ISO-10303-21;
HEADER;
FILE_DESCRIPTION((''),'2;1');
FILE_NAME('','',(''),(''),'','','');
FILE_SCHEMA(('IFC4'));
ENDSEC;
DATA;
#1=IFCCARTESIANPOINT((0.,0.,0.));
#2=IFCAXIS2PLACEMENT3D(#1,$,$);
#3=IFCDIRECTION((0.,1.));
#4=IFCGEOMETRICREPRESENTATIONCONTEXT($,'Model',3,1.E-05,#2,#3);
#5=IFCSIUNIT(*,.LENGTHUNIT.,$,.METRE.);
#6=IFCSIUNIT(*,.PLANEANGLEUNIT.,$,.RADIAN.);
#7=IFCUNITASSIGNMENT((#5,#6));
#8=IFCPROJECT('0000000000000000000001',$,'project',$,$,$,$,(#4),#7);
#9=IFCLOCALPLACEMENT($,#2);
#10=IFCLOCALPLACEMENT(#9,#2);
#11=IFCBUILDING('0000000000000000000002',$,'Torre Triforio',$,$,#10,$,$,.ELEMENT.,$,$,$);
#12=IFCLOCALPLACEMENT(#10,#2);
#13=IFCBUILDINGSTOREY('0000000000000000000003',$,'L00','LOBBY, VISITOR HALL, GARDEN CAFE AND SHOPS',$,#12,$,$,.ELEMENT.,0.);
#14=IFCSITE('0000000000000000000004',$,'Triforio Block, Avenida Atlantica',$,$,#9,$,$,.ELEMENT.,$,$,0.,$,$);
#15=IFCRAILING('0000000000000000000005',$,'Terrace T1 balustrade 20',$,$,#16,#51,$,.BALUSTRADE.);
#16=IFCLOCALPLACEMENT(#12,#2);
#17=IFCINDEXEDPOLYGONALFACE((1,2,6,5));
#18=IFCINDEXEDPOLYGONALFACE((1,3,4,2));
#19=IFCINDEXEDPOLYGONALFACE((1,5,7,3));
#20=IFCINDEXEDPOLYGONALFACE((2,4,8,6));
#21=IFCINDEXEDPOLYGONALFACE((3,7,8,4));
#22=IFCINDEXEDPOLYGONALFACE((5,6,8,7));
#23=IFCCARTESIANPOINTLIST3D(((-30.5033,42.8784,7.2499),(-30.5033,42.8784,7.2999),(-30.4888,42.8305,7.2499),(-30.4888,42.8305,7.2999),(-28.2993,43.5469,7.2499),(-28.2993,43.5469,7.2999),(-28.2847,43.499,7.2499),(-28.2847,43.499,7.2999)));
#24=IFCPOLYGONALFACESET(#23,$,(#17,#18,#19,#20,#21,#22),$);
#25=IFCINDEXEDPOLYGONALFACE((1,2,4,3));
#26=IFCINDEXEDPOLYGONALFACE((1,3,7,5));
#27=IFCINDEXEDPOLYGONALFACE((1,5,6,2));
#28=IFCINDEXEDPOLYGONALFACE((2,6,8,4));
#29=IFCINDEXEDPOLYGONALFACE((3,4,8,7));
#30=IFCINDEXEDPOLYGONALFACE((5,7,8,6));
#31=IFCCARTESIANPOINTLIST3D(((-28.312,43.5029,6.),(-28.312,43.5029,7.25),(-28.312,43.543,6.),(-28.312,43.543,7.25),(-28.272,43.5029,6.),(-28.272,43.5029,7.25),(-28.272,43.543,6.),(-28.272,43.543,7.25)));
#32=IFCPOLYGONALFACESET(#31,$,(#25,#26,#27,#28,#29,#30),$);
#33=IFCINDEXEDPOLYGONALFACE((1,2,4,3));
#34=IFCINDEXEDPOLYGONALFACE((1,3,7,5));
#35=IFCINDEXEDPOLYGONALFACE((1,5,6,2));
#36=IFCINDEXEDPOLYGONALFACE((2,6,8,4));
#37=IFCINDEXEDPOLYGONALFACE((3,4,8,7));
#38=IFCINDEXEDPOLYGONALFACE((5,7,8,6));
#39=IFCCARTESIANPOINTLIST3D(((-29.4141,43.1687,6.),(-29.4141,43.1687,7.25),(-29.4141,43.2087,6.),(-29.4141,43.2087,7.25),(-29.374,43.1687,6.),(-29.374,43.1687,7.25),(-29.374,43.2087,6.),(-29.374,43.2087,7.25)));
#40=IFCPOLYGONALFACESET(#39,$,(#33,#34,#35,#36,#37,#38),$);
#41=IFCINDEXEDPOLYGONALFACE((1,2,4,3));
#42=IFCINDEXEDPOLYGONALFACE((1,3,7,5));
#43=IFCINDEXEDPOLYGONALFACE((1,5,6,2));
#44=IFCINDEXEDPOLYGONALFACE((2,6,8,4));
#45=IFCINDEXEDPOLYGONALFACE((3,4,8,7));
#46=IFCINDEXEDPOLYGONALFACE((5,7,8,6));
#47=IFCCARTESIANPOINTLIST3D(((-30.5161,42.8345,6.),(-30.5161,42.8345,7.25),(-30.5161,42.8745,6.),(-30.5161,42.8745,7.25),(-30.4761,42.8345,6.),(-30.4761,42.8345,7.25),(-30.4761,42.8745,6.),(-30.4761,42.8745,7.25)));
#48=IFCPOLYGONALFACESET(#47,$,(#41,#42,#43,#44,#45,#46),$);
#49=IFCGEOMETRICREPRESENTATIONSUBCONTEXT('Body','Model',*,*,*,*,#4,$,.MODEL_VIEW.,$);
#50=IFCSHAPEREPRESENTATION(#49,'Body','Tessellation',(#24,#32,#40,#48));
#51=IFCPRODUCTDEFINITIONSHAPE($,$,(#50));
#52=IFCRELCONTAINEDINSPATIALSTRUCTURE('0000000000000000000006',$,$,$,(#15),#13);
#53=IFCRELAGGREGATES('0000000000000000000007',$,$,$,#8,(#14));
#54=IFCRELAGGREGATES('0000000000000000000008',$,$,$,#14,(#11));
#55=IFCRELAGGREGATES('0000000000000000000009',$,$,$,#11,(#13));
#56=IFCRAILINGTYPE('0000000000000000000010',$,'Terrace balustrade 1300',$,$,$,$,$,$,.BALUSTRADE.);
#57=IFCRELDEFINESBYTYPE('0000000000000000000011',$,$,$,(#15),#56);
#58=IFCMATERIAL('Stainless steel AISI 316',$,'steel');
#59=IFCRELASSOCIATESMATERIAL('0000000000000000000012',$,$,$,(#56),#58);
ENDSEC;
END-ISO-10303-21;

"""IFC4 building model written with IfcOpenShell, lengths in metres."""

from ifc_helpers import new_model, si_unit, direction, frame, origin, origin_2d, place, context, subcontext, project, spatial, rectangle, extrude, material, type_object, element, save


model = new_model("IFC4")

# Units and contexts
model_context = context("Model", 3, precision=1e-05, world=origin(), true_north=direction((0.0, 1.0)))
body_context = subcontext(model_context, "Body", "Model", "MODEL_VIEW")
ifc_project = project(units=[si_unit("LENGTHUNIT", "METRE"), si_unit("PLANEANGLEUNIT", "RADIAN")], contexts=[model_context])

# Site, building, storey
site_placement = place(None, origin())
site = spatial("IfcSite", under=ifc_project, at=site_placement, Name="Triforio Block, Avenida Atlantica", CompositionType="ELEMENT", RefElevation=0.0)
building_placement = place(site_placement, origin())
building = spatial("IfcBuilding", under=site, at=building_placement, Name="Torre Triforio", CompositionType="ELEMENT")
storey_placement = place(building_placement, origin())
storey = spatial("IfcBuildingStorey", under=building, at=storey_placement, Name="L00", Description="LOBBY, VISITOR HALL, GARDEN CAFE AND SHOPS", CompositionType="ELEMENT", Elevation=0.0)

# Railing
ifc_material_1 = material(Name="Stainless steel AISI 316", Category="steel")
railing_type = type_object("IfcRailingType", Name="Terrace balustrade 1300", PredefinedType="BALUSTRADE", material=ifc_material_1)
railing_1_placement = place(storey_placement, frame((-28.292, 43.5229, 6.0)))
element("IfcRailing", 1, at=railing_1_placement, inside=storey, type_object=railing_type, Name="Terrace T1 balustrade 20", PredefinedType="BALUSTRADE", context=body_context, shape_type="SweptSolid", body=[
    extrude(rectangle(XDim=0.05, YDim=0.05, at=origin_2d()), frame((0.0, 0.0, 1.2749), z_axis=(-0.956958, -0.290225, 0.0), x_axis=(0.290225, -0.956958, 0.0)), (0.0, 0.0, 1.0), 2.3032),
    extrude(rectangle(XDim=0.04, YDim=0.04, at=origin_2d()), origin(), (0.0, 0.0, 1.0), 1.25),
    extrude(rectangle(XDim=0.04, YDim=0.04, at=origin_2d()), frame((-1.1021, -0.3342, 0.0)), (0.0, 0.0, 1.0), 1.25),
    extrude(rectangle(XDim=0.04, YDim=0.04, at=origin_2d()), frame((-2.2041, -0.6685, 0.0)), (0.0, 0.0, 1.0), 1.25),
])

save(model, "model.ifc")
